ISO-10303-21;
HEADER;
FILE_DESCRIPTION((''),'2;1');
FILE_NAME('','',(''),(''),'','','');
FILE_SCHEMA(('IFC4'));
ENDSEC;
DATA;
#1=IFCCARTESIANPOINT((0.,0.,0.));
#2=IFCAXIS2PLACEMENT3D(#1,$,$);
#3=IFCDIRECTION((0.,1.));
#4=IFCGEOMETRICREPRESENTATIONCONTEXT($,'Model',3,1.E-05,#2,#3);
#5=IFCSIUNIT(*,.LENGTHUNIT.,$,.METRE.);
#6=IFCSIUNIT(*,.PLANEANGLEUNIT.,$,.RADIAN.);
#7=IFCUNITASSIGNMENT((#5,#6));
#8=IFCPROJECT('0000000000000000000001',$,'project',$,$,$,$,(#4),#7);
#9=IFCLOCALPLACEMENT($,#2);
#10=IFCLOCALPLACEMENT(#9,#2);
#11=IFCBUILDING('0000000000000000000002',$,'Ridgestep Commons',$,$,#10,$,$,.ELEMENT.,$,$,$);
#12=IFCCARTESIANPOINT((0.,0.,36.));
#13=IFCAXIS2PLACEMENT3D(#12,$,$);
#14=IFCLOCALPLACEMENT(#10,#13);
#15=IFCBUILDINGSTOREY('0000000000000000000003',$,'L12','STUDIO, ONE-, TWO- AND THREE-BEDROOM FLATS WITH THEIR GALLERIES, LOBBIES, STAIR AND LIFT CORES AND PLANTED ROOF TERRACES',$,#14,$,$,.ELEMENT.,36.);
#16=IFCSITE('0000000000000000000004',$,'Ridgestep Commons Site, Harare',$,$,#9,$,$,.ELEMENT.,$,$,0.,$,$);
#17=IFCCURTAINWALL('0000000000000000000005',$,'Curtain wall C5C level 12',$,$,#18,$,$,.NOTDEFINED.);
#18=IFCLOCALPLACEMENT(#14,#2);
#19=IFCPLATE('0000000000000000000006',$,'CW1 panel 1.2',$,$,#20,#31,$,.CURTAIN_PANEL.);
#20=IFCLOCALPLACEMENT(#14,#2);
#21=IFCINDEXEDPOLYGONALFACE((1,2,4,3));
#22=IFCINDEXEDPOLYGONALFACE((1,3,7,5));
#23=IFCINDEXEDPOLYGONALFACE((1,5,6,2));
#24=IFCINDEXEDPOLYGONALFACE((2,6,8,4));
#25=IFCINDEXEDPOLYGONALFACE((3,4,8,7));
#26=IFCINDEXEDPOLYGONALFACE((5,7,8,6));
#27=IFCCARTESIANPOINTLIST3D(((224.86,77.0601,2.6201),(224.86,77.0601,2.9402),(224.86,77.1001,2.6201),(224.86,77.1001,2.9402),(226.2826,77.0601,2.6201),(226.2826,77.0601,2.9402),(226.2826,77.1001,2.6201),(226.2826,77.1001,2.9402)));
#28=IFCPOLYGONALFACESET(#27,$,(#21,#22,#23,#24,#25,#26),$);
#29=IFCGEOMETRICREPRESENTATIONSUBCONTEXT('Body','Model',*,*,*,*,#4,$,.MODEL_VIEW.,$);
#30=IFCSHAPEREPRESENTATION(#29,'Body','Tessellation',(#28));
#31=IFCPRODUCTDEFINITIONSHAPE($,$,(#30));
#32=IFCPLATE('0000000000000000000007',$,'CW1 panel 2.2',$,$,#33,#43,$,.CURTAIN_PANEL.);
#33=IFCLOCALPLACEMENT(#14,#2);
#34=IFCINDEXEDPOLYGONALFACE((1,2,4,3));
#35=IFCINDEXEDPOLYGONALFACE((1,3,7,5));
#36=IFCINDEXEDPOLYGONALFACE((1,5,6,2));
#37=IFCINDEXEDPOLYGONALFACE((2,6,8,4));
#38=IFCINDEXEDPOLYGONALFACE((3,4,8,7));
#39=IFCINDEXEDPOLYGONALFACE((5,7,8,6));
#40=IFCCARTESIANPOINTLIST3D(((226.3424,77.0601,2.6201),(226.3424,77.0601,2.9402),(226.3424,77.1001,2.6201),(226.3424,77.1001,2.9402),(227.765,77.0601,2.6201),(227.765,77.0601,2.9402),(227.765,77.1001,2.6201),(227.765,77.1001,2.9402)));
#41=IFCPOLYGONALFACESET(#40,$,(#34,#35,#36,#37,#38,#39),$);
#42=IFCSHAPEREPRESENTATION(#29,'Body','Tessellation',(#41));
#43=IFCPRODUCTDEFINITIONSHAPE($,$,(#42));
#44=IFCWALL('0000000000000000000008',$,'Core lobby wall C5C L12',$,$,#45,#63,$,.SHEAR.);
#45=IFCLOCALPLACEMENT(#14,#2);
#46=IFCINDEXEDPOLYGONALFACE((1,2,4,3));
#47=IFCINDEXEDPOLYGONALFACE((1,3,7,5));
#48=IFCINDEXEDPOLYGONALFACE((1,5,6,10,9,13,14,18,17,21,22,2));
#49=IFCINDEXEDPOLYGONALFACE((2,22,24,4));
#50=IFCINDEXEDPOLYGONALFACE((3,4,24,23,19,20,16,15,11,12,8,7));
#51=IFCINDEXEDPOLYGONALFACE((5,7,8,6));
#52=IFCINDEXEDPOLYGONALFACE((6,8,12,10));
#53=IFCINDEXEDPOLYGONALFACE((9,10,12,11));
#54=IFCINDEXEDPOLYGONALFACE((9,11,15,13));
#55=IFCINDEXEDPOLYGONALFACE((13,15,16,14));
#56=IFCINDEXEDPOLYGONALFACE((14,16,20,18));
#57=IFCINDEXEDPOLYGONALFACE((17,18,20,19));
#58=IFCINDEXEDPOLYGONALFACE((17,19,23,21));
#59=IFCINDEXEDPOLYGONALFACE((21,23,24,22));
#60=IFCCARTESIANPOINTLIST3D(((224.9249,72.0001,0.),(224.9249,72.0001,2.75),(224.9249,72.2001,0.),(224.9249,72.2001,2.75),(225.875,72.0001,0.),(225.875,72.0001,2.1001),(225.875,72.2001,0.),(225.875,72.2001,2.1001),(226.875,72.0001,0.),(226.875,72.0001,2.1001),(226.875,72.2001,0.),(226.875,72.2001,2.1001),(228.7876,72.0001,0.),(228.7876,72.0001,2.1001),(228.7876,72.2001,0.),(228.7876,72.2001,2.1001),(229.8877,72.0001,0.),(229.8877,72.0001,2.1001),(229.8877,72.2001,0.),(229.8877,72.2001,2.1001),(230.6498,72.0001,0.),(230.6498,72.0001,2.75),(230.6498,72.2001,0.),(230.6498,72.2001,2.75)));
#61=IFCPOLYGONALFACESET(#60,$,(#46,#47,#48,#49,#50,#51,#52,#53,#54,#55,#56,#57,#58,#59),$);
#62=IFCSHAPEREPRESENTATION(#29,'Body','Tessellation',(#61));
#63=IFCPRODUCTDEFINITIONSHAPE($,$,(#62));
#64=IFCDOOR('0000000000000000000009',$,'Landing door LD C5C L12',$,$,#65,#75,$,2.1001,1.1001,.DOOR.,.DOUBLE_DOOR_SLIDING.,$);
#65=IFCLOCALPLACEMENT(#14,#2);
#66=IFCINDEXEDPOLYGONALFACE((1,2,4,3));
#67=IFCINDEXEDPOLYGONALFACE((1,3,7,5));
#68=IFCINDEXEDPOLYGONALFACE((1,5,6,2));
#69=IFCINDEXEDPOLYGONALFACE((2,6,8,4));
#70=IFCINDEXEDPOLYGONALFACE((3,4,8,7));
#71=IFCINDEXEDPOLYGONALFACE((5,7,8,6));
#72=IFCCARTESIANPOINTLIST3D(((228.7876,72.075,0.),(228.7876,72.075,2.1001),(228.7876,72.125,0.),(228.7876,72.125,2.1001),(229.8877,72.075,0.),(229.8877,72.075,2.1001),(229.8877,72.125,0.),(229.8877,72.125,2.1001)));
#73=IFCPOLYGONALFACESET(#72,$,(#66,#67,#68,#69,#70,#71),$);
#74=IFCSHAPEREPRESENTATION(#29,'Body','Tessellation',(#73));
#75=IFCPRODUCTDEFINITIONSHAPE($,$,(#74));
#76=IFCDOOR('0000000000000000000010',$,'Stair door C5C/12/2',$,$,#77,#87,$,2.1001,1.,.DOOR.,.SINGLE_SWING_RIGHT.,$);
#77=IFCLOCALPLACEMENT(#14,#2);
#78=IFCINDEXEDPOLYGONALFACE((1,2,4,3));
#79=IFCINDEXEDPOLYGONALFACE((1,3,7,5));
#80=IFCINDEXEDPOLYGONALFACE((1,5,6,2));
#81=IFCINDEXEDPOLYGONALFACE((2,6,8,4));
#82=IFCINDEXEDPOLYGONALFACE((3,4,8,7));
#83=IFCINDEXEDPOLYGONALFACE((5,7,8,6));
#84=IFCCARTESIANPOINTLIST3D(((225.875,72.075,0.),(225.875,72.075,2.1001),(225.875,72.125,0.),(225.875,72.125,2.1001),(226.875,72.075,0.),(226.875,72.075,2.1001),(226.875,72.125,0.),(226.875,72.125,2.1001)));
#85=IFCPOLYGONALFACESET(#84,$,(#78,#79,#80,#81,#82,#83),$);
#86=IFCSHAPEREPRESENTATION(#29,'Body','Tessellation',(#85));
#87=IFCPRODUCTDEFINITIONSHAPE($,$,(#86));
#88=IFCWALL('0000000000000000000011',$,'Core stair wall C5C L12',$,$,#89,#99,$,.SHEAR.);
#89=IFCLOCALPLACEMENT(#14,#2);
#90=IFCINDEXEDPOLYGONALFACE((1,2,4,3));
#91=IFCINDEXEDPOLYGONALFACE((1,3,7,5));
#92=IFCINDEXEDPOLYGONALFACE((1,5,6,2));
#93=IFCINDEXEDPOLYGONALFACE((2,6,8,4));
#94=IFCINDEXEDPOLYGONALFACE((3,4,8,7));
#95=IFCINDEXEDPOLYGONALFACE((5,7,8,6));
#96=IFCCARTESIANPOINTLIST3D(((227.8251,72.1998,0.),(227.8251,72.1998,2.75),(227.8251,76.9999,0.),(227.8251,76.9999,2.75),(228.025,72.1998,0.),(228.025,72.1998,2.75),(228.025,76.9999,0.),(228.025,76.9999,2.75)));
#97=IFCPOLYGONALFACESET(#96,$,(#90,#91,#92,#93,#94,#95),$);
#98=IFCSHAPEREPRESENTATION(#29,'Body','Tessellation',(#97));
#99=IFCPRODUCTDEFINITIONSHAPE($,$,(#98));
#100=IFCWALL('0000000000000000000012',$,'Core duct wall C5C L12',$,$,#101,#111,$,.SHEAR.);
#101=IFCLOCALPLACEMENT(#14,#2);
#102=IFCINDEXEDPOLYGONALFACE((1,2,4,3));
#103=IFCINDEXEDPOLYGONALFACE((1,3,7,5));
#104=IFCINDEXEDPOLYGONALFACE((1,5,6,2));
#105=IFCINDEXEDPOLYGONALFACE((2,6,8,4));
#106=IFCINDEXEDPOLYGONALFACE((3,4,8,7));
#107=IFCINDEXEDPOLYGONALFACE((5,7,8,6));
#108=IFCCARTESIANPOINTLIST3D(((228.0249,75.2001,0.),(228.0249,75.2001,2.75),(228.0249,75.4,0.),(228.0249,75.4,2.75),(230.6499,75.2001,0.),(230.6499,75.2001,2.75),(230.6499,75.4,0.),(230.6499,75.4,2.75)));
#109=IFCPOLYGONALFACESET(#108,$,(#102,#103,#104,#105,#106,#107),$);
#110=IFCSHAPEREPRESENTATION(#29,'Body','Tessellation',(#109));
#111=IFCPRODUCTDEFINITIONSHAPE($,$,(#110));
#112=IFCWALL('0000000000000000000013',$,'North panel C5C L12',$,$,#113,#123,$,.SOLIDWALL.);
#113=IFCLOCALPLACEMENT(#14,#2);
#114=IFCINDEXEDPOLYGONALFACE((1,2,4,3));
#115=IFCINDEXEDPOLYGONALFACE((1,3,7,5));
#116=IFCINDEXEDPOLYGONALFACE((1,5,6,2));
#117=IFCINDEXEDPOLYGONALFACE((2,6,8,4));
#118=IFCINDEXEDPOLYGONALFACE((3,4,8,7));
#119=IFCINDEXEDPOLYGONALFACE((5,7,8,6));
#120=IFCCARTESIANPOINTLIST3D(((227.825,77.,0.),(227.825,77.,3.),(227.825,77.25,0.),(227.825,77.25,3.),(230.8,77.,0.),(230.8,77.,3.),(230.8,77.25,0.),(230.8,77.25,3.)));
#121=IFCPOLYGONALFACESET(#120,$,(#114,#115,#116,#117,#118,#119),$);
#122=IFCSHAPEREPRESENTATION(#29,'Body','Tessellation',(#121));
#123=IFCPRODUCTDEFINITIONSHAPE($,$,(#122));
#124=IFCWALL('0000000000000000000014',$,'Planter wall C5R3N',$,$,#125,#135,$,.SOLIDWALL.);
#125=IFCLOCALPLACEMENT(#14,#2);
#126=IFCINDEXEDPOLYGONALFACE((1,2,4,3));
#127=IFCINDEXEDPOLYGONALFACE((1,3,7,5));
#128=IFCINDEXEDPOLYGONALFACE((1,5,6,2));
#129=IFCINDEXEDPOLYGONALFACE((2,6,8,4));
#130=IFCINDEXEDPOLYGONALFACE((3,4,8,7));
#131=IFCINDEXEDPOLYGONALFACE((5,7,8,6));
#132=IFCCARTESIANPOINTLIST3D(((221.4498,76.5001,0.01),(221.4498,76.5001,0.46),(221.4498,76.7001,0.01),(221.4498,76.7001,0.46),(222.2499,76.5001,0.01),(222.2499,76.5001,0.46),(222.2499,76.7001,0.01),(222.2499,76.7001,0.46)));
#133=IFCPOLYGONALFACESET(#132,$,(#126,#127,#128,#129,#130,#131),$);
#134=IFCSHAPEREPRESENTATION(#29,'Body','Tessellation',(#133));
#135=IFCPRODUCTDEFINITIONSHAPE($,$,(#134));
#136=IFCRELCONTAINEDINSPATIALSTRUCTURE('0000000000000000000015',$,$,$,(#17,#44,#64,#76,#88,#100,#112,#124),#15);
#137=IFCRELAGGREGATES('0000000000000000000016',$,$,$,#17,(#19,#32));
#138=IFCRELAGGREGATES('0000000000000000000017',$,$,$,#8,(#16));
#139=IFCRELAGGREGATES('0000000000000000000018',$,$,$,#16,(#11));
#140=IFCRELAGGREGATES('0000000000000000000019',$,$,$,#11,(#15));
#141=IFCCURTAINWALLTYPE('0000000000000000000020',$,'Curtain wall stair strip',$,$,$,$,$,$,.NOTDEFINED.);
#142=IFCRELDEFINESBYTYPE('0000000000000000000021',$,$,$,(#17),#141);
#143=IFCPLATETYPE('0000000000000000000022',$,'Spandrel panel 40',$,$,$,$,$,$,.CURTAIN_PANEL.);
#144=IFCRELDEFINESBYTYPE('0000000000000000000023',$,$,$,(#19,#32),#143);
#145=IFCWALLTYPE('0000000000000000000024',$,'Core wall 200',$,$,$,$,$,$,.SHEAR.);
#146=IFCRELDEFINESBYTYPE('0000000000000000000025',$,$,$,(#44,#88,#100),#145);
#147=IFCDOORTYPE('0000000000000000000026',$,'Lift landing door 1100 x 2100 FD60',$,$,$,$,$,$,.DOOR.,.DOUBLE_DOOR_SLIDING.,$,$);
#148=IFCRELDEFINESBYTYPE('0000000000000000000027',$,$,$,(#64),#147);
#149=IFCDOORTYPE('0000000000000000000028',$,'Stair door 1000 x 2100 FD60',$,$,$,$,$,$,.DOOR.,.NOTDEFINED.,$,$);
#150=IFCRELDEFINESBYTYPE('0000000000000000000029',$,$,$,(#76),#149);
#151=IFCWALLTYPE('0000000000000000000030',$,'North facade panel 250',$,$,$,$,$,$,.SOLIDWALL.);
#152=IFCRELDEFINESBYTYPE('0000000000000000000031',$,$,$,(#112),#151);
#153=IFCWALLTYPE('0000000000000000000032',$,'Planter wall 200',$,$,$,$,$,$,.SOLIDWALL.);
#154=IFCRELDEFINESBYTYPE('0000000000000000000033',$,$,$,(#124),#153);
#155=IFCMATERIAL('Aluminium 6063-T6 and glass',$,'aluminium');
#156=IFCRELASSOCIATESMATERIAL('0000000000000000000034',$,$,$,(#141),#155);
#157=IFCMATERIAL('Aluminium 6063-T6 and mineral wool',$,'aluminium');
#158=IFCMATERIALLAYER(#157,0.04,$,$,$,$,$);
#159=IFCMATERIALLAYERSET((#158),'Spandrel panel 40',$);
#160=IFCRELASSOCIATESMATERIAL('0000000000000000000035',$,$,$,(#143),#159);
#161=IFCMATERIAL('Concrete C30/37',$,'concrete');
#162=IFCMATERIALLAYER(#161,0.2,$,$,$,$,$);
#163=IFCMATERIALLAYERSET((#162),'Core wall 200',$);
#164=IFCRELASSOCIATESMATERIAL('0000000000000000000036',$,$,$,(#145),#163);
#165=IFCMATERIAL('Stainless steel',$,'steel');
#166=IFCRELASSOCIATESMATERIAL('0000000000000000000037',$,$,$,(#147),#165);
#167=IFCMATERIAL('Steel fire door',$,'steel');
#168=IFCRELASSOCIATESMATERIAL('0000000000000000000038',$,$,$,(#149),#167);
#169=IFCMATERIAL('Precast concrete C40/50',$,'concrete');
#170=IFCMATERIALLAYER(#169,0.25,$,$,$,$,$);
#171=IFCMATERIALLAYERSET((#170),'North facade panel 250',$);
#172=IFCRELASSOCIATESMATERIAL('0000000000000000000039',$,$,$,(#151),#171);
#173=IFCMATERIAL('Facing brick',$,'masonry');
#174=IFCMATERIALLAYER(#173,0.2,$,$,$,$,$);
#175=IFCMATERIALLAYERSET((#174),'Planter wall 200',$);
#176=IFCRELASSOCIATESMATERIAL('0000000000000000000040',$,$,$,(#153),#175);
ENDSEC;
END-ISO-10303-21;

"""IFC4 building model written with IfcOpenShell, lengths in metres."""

from ifc_helpers import new_model, si_unit, direction, frame, frame_2d, origin, origin_2d, place, context, subcontext, project, spatial, rectangle, extrude, material, layer, layer_set, type_object, element, fill, aggregate, save


model = new_model("IFC4")

# Units and contexts
model_context = context("Model", 3, precision=1e-05, world=origin(), true_north=direction((0.0, 1.0)))
body_context = subcontext(model_context, "Body", "Model", "MODEL_VIEW")
ifc_project = project(units=[si_unit("LENGTHUNIT", "METRE"), si_unit("PLANEANGLEUNIT", "RADIAN")], contexts=[model_context])

# Site, building, storey
site_placement = place(None, origin())
site = spatial("IfcSite", under=ifc_project, at=site_placement, Name="Ridgestep Commons Site, Harare", CompositionType="ELEMENT", RefElevation=0.0)
building_placement = place(site_placement, origin())
building = spatial("IfcBuilding", under=site, at=building_placement, Name="Ridgestep Commons", CompositionType="ELEMENT")
storey_placement = place(building_placement, frame((0.0, 0.0, 36.0)))
storey = spatial("IfcBuildingStorey", under=building, at=storey_placement, Name="L12", Description="STUDIO, ONE-, TWO- AND THREE-BEDROOM FLATS WITH THEIR GALLERIES, LOBBIES, STAIR AND LIFT CORES AND PLANTED ROOF TERRACES", CompositionType="ELEMENT", Elevation=36.0)

# Curtain wall, plates
ifc_material_1 = material(Name="Aluminium 6063-T6 and glass", Category="aluminium")
curtain_wall_type = type_object("IfcCurtainWallType", Name="Curtain wall stair strip", PredefinedType="NOTDEFINED", material=ifc_material_1)
curtain_wall_placement = place(storey_placement, origin())
curtain_wall = element("IfcCurtainWall", 1, at=curtain_wall_placement, inside=storey, type_object=curtain_wall_type, Name="Curtain wall C5C level 12", PredefinedType="NOTDEFINED")
ifc_material_2 = material(Name="Aluminium 6063-T6 and mineral wool", Category="aluminium")
ifc_layer_1 = layer(ifc_material_2, 0.04)
ifc_layer_set_1 = layer_set([ifc_layer_1], Name="Spandrel panel 40")
plate_type_1 = type_object("IfcPlateType", Name="Spandrel panel 40", PredefinedType="CURTAIN_PANEL", material=ifc_layer_set_1)
plate_1_placement = place(storey_placement, frame((225.5713, 77.0801, 2.6201), z_axis=(0.0, 0.0, 1.0), x_axis=(1.0, 0.0, 0.0)))
plate_1 = element("IfcPlate", 2, at=plate_1_placement, type_object=plate_type_1, Name="CW1 panel 1.2", PredefinedType="CURTAIN_PANEL", context=body_context, shape_type="SweptSolid", body=[
    extrude(rectangle(XDim=1.4226, YDim=0.04, at=origin_2d()), origin(), (0.0, 0.0, 1.0), 0.3201),
])
plate_2_placement = place(storey_placement, frame((227.0537, 77.0801, 2.6201), z_axis=(0.0, 0.0, 1.0), x_axis=(1.0, 0.0, 0.0)))
plate_2 = element("IfcPlate", 3, at=plate_2_placement, type_object=plate_type_1, Name="CW1 panel 2.2", PredefinedType="CURTAIN_PANEL", context=body_context, shape_type="SweptSolid", body=[
    extrude(rectangle(XDim=1.4226, YDim=0.04, at=origin_2d()), origin(), (0.0, 0.0, 1.0), 0.3201),
])
aggregate(curtain_wall, [plate_1, plate_2])

# Wall, openings, doors
ifc_material_3 = material(Name="Concrete C30/37", Category="concrete")
ifc_layer_2 = layer(ifc_material_3, 0.2)
ifc_layer_set_2 = layer_set([ifc_layer_2], Name="Core wall 200")
wall_type_1 = type_object("IfcWallType", Name="Core wall 200", PredefinedType="SHEAR", material=ifc_layer_set_2)
wall_1_placement = place(storey_placement, frame((224.925, 72.1001, 0.0), z_axis=(0.0, 0.0, 1.0), x_axis=(1.0, 0.0, 0.0)))
wall_1 = element("IfcWall", 4, at=wall_1_placement, inside=storey, type_object=wall_type_1, Name="Core lobby wall C5C L12", PredefinedType="SHEAR", context=body_context, shape_type="SweptSolid", body=[
    extrude(rectangle(XDim=5.7249, YDim=0.2, at=frame_2d((2.8623, 0.0))), origin(), (0.0, 0.0, 1.0), 2.75),
])
opening_1_placement = place(wall_1_placement, frame((0.95, 0.0, 0.0)))
opening_1 = element("IfcOpeningElement", 5, at=opening_1_placement, cuts=wall_1, PredefinedType="OPENING", context=body_context, shape_type="SweptSolid", body=[
    extrude(rectangle(XDim=1.0, YDim=2.1001, at=frame_2d((0.5, 1.05))), frame((0.0, 0.1099, 0.0), z_axis=(0.0, -1.0, 0.0), x_axis=(1.0, 0.0, 0.0)), (0.0, 0.0, 1.0), 0.22),
])
opening_2_placement = place(wall_1_placement, frame((3.8625, 0.0, 0.0)))
opening_2 = element("IfcOpeningElement", 6, at=opening_2_placement, cuts=wall_1, PredefinedType="OPENING", context=body_context, shape_type="SweptSolid", body=[
    extrude(rectangle(XDim=1.1001, YDim=2.1001, at=frame_2d((0.55, 1.05))), frame((0.0, 0.1099, 0.0), z_axis=(0.0, -1.0, 0.0), x_axis=(1.0, 0.0, 0.0)), (0.0, 0.0, 1.0), 0.22),
])
ifc_material_4 = material(Name="Stainless steel", Category="steel")
door_type_1 = type_object("IfcDoorType", Name="Lift landing door 1100 x 2100 FD60", OperationType="DOUBLE_DOOR_SLIDING", PredefinedType="DOOR", material=ifc_material_4)
door_1_placement = place(opening_2_placement, origin())
door_1 = element("IfcDoor", 7, at=door_1_placement, inside=storey, type_object=door_type_1, Name="Landing door LD C5C L12", OperationType="DOUBLE_DOOR_SLIDING", OverallHeight=2.1001, OverallWidth=1.1001, PredefinedType="DOOR", context=body_context, shape_type="SweptSolid", body=[
    extrude(rectangle(XDim=1.1001, YDim=2.1001, at=frame_2d((0.55, 1.05))), frame((0.0, 0.0249, 0.0), z_axis=(0.0, -1.0, 0.0), x_axis=(1.0, 0.0, 0.0)), (0.0, 0.0, 1.0), 0.05),
])
fill(opening_2, door_1)
ifc_material_5 = material(Name="Steel fire door", Category="steel")
door_type_2 = type_object("IfcDoorType", Name="Stair door 1000 x 2100 FD60", OperationType="NOTDEFINED", PredefinedType="DOOR", material=ifc_material_5)
door_2_placement = place(opening_1_placement, origin())
door_2 = element("IfcDoor", 8, at=door_2_placement, inside=storey, type_object=door_type_2, Name="Stair door C5C/12/2", OperationType="SINGLE_SWING_RIGHT", OverallHeight=2.1001, OverallWidth=1.0, PredefinedType="DOOR", context=body_context, shape_type="SweptSolid", body=[
    extrude(rectangle(XDim=1.0, YDim=2.1001, at=frame_2d((0.5, 1.05))), frame((0.0, 0.0249, 0.0), z_axis=(0.0, -1.0, 0.0), x_axis=(1.0, 0.0, 0.0)), (0.0, 0.0, 1.0), 0.05),
])
fill(opening_1, door_2)

# Walls
wall_2_placement = place(storey_placement, frame((227.925, 72.2, 0.0), z_axis=(0.0, 0.0, 1.0), x_axis=(0.0, 1.0, 0.0)))
element("IfcWall", 9, at=wall_2_placement, inside=storey, type_object=wall_type_1, Name="Core stair wall C5C L12", PredefinedType="SHEAR", context=body_context, shape_type="SweptSolid", body=[
    extrude(rectangle(XDim=4.8, YDim=0.2, at=frame_2d((2.3999, 0.0))), origin(), (0.0, 0.0, 1.0), 2.75),
])
wall_3_placement = place(storey_placement, frame((228.0249, 75.3, 0.0), z_axis=(0.0, 0.0, 1.0), x_axis=(1.0, 0.0, 0.0)))
element("IfcWall", 10, at=wall_3_placement, inside=storey, type_object=wall_type_1, Name="Core duct wall C5C L12", PredefinedType="SHEAR", context=body_context, shape_type="SweptSolid", body=[
    extrude(rectangle(XDim=2.625, YDim=0.2, at=frame_2d((1.3125, 0.0))), origin(), (0.0, 0.0, 1.0), 2.75),
])
ifc_material_6 = material(Name="Precast concrete C40/50", Category="concrete")
ifc_layer_3 = layer(ifc_material_6, 0.25)
ifc_layer_set_3 = layer_set([ifc_layer_3], Name="North facade panel 250")
wall_type_2 = type_object("IfcWallType", Name="North facade panel 250", PredefinedType="SOLIDWALL", material=ifc_layer_set_3)
wall_4_placement = place(storey_placement, frame((227.825, 77.125, 0.0), z_axis=(0.0, 0.0, 1.0), x_axis=(1.0, 0.0, 0.0)))
element("IfcWall", 11, at=wall_4_placement, inside=storey, type_object=wall_type_2, Name="North panel C5C L12", PredefinedType="SOLIDWALL", context=body_context, shape_type="SweptSolid", body=[
    extrude(rectangle(XDim=2.9751, YDim=0.25, at=frame_2d((1.4875, 0.0))), origin(), (0.0, 0.0, 1.0), 3.0),
])
ifc_material_7 = material(Name="Facing brick", Category="masonry")
ifc_layer_4 = layer(ifc_material_7, 0.2)
ifc_layer_set_4 = layer_set([ifc_layer_4], Name="Planter wall 200")
wall_type_3 = type_object("IfcWallType", Name="Planter wall 200", PredefinedType="SOLIDWALL", material=ifc_layer_set_4)
wall_5_placement = place(storey_placement, frame((221.45, 76.6001, 0.01), z_axis=(0.0, 0.0, 1.0), x_axis=(1.0, 0.0, 0.0)))
element("IfcWall", 12, at=wall_5_placement, inside=storey, type_object=wall_type_3, Name="Planter wall C5R3N", PredefinedType="SOLIDWALL", context=body_context, shape_type="SweptSolid", body=[
    extrude(rectangle(XDim=0.8, YDim=0.2, at=frame_2d((0.3999, 0.0))), origin(), (0.0, 0.0, 1.0), 0.45),
])

save(model, "model.ifc")
